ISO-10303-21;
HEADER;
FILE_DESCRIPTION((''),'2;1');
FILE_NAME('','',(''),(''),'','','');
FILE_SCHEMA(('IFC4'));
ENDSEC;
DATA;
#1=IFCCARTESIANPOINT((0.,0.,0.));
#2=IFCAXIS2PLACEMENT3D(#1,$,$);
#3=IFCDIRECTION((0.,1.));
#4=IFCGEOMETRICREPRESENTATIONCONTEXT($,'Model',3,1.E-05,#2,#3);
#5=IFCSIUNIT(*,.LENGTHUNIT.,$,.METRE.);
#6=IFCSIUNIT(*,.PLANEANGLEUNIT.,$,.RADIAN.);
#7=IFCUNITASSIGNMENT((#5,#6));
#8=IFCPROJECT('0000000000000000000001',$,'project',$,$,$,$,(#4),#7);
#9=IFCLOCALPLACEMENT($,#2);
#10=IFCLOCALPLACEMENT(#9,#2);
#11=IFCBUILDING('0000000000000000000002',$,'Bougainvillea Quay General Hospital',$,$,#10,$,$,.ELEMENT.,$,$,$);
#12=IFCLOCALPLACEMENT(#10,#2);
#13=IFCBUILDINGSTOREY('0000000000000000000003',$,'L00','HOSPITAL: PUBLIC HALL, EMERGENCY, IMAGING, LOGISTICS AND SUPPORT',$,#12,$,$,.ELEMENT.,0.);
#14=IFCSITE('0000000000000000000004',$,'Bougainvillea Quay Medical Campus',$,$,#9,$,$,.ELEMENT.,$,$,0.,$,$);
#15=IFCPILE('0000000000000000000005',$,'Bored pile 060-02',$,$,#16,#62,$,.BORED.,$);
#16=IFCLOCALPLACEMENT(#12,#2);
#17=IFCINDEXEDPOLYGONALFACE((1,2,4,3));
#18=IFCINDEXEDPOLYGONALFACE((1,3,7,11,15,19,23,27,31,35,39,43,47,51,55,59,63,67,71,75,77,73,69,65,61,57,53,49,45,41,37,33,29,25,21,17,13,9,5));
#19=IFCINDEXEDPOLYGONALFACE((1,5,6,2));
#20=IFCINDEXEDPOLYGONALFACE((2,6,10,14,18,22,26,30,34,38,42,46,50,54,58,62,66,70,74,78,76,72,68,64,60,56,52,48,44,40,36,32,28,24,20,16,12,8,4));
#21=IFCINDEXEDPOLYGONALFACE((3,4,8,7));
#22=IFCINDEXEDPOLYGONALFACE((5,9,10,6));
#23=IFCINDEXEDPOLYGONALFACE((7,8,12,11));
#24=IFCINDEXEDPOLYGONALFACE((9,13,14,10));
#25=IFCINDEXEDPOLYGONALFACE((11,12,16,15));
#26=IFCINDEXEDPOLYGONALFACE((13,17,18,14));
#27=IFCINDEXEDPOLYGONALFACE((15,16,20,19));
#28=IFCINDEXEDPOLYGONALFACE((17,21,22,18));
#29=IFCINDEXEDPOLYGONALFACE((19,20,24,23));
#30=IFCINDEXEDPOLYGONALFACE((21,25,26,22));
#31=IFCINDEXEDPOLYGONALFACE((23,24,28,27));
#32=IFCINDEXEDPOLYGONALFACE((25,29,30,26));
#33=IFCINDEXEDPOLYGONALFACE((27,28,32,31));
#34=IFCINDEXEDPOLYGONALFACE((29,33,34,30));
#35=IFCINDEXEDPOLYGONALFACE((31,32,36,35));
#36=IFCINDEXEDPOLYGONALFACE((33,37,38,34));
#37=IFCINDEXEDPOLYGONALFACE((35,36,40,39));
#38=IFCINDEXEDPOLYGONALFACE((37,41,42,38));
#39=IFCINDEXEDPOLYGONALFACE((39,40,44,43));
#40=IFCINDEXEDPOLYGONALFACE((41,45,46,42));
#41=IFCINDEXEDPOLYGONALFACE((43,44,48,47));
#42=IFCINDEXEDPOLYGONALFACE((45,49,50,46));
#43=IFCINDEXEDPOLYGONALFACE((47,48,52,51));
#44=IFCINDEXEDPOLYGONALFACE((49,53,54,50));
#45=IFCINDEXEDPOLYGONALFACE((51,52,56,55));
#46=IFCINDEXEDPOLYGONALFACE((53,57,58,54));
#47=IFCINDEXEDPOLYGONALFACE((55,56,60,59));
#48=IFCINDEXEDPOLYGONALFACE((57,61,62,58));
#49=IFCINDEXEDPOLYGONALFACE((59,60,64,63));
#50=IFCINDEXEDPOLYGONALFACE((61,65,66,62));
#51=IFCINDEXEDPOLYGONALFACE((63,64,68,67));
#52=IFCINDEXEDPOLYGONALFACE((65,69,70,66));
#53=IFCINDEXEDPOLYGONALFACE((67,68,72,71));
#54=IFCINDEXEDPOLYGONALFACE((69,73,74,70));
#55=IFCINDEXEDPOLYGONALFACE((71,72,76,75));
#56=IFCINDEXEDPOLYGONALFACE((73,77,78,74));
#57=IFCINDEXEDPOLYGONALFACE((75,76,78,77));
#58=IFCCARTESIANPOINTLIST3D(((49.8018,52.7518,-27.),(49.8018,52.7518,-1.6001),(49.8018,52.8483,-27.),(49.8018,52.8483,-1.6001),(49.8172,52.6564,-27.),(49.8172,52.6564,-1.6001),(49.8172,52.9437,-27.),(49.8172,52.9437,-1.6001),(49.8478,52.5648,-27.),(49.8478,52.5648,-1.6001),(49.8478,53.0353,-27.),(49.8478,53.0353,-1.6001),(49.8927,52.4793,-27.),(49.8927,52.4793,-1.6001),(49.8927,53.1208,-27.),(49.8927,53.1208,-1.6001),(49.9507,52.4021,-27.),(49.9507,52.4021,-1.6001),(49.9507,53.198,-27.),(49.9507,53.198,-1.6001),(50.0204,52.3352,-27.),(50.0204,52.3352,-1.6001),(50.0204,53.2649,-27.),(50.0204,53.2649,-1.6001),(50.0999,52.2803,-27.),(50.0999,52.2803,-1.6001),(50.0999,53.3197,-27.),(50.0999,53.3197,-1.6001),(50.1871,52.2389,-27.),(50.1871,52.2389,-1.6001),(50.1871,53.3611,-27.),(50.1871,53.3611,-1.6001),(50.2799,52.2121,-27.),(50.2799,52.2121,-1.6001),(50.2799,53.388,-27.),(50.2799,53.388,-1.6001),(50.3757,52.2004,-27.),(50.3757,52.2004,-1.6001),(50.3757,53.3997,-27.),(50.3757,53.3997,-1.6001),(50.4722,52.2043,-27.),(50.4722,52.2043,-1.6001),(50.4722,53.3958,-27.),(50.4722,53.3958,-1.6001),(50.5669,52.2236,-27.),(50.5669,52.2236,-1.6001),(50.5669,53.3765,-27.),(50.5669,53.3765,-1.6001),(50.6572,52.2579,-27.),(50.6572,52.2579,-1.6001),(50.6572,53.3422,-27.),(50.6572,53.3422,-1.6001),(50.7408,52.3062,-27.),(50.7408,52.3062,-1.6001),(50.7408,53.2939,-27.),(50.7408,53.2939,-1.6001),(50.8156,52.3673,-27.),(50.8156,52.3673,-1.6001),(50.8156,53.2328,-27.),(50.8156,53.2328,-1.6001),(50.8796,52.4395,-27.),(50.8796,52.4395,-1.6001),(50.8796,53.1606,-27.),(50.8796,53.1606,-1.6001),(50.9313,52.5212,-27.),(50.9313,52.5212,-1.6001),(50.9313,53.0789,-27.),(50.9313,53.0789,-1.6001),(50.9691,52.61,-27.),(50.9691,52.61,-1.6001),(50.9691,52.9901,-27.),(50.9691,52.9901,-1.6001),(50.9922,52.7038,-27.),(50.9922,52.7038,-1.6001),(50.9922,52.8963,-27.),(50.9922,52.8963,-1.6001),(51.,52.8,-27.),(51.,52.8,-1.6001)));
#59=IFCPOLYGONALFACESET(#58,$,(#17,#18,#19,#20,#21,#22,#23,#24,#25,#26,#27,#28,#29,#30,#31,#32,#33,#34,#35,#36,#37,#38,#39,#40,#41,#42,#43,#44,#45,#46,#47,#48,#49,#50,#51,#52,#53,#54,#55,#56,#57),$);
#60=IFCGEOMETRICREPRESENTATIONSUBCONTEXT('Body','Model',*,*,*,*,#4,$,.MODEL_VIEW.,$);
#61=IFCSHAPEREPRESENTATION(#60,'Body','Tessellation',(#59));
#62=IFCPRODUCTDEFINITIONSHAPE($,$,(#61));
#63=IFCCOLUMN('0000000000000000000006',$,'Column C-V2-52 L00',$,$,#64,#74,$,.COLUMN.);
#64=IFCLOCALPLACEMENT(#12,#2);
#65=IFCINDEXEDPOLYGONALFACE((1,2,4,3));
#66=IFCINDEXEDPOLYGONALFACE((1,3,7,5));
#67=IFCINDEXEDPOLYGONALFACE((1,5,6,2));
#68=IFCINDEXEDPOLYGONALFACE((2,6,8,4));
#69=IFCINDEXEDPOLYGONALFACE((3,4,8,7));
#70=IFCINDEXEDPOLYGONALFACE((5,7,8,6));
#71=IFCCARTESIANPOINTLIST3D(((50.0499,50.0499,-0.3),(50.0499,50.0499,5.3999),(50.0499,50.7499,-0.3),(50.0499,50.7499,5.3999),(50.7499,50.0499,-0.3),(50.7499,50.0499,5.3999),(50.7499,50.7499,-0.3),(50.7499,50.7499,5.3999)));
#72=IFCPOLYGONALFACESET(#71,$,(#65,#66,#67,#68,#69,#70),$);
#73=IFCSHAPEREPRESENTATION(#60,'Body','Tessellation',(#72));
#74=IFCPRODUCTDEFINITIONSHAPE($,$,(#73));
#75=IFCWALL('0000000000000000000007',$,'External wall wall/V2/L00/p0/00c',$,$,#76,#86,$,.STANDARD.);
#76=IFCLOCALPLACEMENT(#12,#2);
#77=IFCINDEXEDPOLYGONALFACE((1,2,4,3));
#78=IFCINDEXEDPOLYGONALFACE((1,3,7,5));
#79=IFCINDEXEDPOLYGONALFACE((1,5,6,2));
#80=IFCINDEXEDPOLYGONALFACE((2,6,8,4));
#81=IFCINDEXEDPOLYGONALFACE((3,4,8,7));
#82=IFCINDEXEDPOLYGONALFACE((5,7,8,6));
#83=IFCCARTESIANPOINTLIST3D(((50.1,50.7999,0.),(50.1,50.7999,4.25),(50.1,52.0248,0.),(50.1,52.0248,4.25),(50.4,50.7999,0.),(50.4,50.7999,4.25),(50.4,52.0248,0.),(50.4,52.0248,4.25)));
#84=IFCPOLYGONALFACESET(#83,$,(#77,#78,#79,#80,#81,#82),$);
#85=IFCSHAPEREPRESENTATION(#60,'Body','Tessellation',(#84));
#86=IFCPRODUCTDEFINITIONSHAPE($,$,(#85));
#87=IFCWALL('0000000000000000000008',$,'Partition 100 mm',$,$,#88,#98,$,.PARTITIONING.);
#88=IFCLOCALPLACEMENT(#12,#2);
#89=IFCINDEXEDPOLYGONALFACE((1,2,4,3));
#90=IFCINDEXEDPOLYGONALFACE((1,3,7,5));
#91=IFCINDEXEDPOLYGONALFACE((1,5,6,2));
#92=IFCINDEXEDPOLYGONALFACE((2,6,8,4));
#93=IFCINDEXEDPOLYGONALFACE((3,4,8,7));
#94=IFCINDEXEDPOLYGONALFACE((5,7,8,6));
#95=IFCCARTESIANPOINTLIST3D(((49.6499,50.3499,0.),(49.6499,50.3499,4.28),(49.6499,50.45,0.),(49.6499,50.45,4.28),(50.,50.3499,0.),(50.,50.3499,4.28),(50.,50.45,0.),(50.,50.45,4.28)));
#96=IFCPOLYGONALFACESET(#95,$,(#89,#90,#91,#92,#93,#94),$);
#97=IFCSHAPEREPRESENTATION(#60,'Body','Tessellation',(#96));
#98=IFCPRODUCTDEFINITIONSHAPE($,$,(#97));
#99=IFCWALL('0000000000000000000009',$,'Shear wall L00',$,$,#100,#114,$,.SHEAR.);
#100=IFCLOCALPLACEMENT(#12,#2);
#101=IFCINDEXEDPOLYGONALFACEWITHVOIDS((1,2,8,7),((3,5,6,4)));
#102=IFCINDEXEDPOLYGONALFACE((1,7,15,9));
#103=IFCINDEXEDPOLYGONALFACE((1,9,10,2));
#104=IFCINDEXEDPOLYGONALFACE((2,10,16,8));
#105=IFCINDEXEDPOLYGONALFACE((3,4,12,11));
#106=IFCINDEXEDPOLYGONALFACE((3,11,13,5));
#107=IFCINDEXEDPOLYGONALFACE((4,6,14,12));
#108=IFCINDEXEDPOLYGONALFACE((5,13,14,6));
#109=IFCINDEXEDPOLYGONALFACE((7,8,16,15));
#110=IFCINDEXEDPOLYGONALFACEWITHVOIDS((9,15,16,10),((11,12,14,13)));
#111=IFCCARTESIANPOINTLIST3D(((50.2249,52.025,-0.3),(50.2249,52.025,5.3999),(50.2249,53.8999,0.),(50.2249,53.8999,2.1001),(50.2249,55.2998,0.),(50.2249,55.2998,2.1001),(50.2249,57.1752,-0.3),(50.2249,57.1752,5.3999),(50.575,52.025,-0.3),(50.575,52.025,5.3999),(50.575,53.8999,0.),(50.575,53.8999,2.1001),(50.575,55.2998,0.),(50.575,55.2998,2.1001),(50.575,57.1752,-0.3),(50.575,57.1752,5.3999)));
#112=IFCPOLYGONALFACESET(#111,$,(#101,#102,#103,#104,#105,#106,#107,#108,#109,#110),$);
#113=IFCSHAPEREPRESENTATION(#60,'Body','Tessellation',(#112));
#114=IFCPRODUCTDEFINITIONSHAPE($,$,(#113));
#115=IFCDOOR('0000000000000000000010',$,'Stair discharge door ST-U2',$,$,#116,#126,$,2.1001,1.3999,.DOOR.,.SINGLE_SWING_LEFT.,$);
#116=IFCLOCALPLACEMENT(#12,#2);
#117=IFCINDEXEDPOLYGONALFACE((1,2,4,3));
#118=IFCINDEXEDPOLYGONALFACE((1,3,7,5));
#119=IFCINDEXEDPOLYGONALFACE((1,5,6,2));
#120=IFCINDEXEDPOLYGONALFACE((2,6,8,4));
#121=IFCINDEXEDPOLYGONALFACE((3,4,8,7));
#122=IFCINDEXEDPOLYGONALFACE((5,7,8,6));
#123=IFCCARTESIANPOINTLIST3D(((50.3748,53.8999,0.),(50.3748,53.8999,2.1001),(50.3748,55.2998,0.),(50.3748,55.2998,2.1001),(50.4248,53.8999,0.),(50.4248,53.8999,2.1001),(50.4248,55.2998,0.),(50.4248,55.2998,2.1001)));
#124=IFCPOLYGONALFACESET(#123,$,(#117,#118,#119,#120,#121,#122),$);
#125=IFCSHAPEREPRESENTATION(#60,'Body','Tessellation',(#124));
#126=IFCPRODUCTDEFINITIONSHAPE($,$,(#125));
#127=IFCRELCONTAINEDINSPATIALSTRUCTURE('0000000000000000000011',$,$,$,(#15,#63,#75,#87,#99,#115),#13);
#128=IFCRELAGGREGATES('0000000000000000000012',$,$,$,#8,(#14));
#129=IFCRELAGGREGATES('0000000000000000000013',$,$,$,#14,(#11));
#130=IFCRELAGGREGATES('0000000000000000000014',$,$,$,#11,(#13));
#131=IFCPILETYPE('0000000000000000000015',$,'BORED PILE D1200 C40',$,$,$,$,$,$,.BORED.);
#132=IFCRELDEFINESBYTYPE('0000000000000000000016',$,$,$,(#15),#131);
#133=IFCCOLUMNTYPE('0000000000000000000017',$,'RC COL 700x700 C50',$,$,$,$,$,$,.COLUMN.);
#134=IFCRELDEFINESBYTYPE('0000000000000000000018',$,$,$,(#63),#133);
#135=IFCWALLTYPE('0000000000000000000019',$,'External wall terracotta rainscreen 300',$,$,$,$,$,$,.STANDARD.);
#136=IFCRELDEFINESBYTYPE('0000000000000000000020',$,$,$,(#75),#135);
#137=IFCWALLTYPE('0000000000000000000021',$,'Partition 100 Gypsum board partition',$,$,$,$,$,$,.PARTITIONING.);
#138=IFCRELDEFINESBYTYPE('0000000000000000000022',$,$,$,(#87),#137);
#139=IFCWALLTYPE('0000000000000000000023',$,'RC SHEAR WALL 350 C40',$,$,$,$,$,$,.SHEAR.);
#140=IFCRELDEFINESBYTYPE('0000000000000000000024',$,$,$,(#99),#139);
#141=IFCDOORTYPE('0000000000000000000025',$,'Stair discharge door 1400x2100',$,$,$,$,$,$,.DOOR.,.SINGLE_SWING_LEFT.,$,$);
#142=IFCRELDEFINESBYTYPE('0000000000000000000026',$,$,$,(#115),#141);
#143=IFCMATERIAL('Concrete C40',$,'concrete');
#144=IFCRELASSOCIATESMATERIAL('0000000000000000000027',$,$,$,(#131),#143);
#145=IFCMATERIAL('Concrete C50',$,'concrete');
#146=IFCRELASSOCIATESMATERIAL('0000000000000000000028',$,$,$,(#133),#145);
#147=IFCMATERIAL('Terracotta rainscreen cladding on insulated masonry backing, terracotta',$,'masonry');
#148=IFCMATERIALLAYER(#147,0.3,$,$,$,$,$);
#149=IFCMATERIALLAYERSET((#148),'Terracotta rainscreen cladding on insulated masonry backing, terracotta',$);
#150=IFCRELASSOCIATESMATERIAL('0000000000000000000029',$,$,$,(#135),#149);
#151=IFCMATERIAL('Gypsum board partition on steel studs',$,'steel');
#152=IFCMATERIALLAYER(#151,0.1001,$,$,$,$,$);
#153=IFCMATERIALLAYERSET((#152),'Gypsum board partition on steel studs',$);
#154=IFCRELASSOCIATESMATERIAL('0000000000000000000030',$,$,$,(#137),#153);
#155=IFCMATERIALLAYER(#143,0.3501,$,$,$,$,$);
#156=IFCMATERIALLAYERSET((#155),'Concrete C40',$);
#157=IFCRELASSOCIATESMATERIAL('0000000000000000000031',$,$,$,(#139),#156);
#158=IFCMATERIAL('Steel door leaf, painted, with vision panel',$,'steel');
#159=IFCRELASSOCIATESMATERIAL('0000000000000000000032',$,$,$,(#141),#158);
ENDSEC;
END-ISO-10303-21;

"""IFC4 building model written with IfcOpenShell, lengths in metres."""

from ifc_helpers import new_model, si_unit, direction, frame, frame_2d, origin, origin_2d, place, context, subcontext, project, spatial, rectangle, circle, extrude, material, layer, layer_set, material_profile, profile_set, type_object, element, fill, save


model = new_model("IFC4")

# Units and contexts
model_context = context("Model", 3, precision=1e-05, world=origin(), true_north=direction((0.0, 1.0)))
body_context = subcontext(model_context, "Body", "Model", "MODEL_VIEW")
ifc_project = project(units=[si_unit("LENGTHUNIT", "METRE"), si_unit("PLANEANGLEUNIT", "RADIAN")], contexts=[model_context])

# Site, building, storey
site_placement = place(None, origin())
site = spatial("IfcSite", under=ifc_project, at=site_placement, Name="Bougainvillea Quay Medical Campus", CompositionType="ELEMENT", RefElevation=0.0)
building_placement = place(site_placement, origin())
building = spatial("IfcBuilding", under=site, at=building_placement, Name="Bougainvillea Quay General Hospital", CompositionType="ELEMENT")
storey_placement = place(building_placement, origin())
storey = spatial("IfcBuildingStorey", under=building, at=storey_placement, Name="L00", Description="HOSPITAL: PUBLIC HALL, EMERGENCY, IMAGING, LOGISTICS AND SUPPORT", CompositionType="ELEMENT", Elevation=0.0)

# Pile
ifc_material_1 = material(Name="Concrete C40", Category="concrete")
ifc_material_profile_1 = material_profile(ifc_material_1, circle(Radius=0.6001, at=origin_2d()))
ifc_profile_set_1 = profile_set([ifc_material_profile_1], Name="Concrete C40")
pile_type = type_object("IfcPileType", Name="BORED PILE D1200 C40", PredefinedType="BORED", material=ifc_profile_set_1)
pile_placement = place(storey_placement, frame((50.3999, 52.8, -1.6001), z_axis=(0.0, 0.0, -1.0), x_axis=(1.0, 0.0, 0.0)))
element("IfcPile", 1, at=pile_placement, inside=storey, type_object=pile_type, Name="Bored pile 060-02", PredefinedType="BORED", context=body_context, shape_type="SweptSolid", body=[
    extrude(circle(Radius=0.6001, at=origin_2d()), origin(), (0.0, 0.0, 1.0), 25.3999),
])

# Column
ifc_material_2 = material(Name="Concrete C50", Category="concrete")
ifc_material_profile_2 = material_profile(ifc_material_2, rectangle(XDim=0.7, YDim=0.7, at=origin_2d()))
ifc_profile_set_2 = profile_set([ifc_material_profile_2], Name="Concrete C50")
column_type = type_object("IfcColumnType", Name="RC COL 700x700 C50", PredefinedType="COLUMN", material=ifc_profile_set_2)
column_placement = place(storey_placement, frame((50.3999, 50.3999, -0.3), z_axis=(0.0, 0.0, 1.0), x_axis=(1.0, 0.0, 0.0)))
element("IfcColumn", 2, at=column_placement, inside=storey, type_object=column_type, Name="Column C-V2-52 L00", PredefinedType="COLUMN", context=body_context, shape_type="SweptSolid", body=[
    extrude(rectangle(XDim=0.7, YDim=0.7, at=origin_2d()), origin(), (0.0, 0.0, 1.0), 5.7),
])

# Walls
ifc_material_3 = material(Name="Terracotta rainscreen cladding on insulated masonry backing, terracotta", Category="masonry")
ifc_layer_1 = layer(ifc_material_3, 0.3)
ifc_layer_set_1 = layer_set([ifc_layer_1], Name="Terracotta rainscreen cladding on insulated masonry backing, terracotta")
wall_type_1 = type_object("IfcWallType", Name="External wall terracotta rainscreen 300", PredefinedType="STANDARD", material=ifc_layer_set_1)
wall_1_placement = place(storey_placement, frame((50.25, 50.8, 0.0), z_axis=(0.0, 0.0, 1.0), x_axis=(0.0, 1.0, 0.0)))
element("IfcWall", 3, at=wall_1_placement, inside=storey, type_object=wall_type_1, Name="External wall wall/V2/L00/p0/00c", PredefinedType="STANDARD", context=body_context, shape_type="SweptSolid", body=[
    extrude(rectangle(XDim=1.2249, YDim=0.3, at=frame_2d((0.6123, 0.0))), origin(), (0.0, 0.0, 1.0), 4.25),
])
ifc_material_4 = material(Name="Gypsum board partition on steel studs", Category="steel")
ifc_layer_2 = layer(ifc_material_4, 0.1001)
ifc_layer_set_2 = layer_set([ifc_layer_2], Name="Gypsum board partition on steel studs")
wall_type_2 = type_object("IfcWallType", Name="Partition 100 Gypsum board partition", PredefinedType="PARTITIONING", material=ifc_layer_set_2)
wall_2_placement = place(storey_placement, frame((49.6499, 50.3999, 0.0), z_axis=(0.0, 0.0, 1.0), x_axis=(1.0, 0.0, 0.0)))
element("IfcWall", 4, at=wall_2_placement, inside=storey, type_object=wall_type_2, Name="Partition 100 mm", PredefinedType="PARTITIONING", context=body_context, shape_type="SweptSolid", body=[
    extrude(rectangle(XDim=0.3501, YDim=0.1001, at=frame_2d((0.175, 0.0))), origin(), (0.0, 0.0, 1.0), 4.28),
])

# Wall, opening, door
ifc_layer_3 = layer(ifc_material_1, 0.3501)
ifc_layer_set_3 = layer_set([ifc_layer_3], Name="Concrete C40")
wall_type_3 = type_object("IfcWallType", Name="RC SHEAR WALL 350 C40", PredefinedType="SHEAR", material=ifc_layer_set_3)
wall_3_placement = place(storey_placement, frame((50.3999, 52.0249, -0.3), z_axis=(0.0, 0.0, 1.0), x_axis=(0.0, 1.0, 0.0)))
wall_3 = element("IfcWall", 5, at=wall_3_placement, inside=storey, type_object=wall_type_3, Name="Shear wall L00", PredefinedType="SHEAR", context=body_context, shape_type="SweptSolid", body=[
    extrude(rectangle(XDim=5.1501, YDim=0.3501, at=frame_2d((2.5752, 0.0))), origin(), (0.0, 0.0, 1.0), 5.7),
])
opening_placement = place(wall_3_placement, frame((1.875, 0.0, 0.3)))
opening = element("IfcOpeningElement", 6, at=opening_placement, cuts=wall_3, PredefinedType="OPENING", context=body_context, shape_type="SweptSolid", body=[
    extrude(rectangle(XDim=1.3999, YDim=2.1001, at=frame_2d((0.7, 1.05))), frame((0.0, 0.1851, 0.0), z_axis=(0.0, -1.0, 0.0), x_axis=(1.0, 0.0, 0.0)), (0.0, 0.0, 1.0), 0.3701),
])
ifc_material_5 = material(Name="Steel door leaf, painted, with vision panel", Category="steel")
door_type = type_object("IfcDoorType", Name="Stair discharge door 1400x2100", OperationType="SINGLE_SWING_LEFT", PredefinedType="DOOR", material=ifc_material_5)
door_placement = place(opening_placement, frame((1.3999, 0.0, 0.0), z_axis=(0.0, 0.0, 1.0), x_axis=(-1.0, 0.0, 0.0)))
door = element("IfcDoor", 7, at=door_placement, inside=storey, type_object=door_type, Name="Stair discharge door ST-U2", OperationType="SINGLE_SWING_LEFT", OverallHeight=2.1001, OverallWidth=1.3999, PredefinedType="DOOR", context=body_context, shape_type="SweptSolid", body=[
    extrude(rectangle(XDim=1.3999, YDim=2.1001, at=frame_2d((0.7, 1.05))), frame((0.0, 0.0249, 0.0), z_axis=(0.0, -1.0, 0.0), x_axis=(1.0, 0.0, 0.0)), (0.0, 0.0, 1.0), 0.05),
])
fill(opening, door)

save(model, "model.ifc")
